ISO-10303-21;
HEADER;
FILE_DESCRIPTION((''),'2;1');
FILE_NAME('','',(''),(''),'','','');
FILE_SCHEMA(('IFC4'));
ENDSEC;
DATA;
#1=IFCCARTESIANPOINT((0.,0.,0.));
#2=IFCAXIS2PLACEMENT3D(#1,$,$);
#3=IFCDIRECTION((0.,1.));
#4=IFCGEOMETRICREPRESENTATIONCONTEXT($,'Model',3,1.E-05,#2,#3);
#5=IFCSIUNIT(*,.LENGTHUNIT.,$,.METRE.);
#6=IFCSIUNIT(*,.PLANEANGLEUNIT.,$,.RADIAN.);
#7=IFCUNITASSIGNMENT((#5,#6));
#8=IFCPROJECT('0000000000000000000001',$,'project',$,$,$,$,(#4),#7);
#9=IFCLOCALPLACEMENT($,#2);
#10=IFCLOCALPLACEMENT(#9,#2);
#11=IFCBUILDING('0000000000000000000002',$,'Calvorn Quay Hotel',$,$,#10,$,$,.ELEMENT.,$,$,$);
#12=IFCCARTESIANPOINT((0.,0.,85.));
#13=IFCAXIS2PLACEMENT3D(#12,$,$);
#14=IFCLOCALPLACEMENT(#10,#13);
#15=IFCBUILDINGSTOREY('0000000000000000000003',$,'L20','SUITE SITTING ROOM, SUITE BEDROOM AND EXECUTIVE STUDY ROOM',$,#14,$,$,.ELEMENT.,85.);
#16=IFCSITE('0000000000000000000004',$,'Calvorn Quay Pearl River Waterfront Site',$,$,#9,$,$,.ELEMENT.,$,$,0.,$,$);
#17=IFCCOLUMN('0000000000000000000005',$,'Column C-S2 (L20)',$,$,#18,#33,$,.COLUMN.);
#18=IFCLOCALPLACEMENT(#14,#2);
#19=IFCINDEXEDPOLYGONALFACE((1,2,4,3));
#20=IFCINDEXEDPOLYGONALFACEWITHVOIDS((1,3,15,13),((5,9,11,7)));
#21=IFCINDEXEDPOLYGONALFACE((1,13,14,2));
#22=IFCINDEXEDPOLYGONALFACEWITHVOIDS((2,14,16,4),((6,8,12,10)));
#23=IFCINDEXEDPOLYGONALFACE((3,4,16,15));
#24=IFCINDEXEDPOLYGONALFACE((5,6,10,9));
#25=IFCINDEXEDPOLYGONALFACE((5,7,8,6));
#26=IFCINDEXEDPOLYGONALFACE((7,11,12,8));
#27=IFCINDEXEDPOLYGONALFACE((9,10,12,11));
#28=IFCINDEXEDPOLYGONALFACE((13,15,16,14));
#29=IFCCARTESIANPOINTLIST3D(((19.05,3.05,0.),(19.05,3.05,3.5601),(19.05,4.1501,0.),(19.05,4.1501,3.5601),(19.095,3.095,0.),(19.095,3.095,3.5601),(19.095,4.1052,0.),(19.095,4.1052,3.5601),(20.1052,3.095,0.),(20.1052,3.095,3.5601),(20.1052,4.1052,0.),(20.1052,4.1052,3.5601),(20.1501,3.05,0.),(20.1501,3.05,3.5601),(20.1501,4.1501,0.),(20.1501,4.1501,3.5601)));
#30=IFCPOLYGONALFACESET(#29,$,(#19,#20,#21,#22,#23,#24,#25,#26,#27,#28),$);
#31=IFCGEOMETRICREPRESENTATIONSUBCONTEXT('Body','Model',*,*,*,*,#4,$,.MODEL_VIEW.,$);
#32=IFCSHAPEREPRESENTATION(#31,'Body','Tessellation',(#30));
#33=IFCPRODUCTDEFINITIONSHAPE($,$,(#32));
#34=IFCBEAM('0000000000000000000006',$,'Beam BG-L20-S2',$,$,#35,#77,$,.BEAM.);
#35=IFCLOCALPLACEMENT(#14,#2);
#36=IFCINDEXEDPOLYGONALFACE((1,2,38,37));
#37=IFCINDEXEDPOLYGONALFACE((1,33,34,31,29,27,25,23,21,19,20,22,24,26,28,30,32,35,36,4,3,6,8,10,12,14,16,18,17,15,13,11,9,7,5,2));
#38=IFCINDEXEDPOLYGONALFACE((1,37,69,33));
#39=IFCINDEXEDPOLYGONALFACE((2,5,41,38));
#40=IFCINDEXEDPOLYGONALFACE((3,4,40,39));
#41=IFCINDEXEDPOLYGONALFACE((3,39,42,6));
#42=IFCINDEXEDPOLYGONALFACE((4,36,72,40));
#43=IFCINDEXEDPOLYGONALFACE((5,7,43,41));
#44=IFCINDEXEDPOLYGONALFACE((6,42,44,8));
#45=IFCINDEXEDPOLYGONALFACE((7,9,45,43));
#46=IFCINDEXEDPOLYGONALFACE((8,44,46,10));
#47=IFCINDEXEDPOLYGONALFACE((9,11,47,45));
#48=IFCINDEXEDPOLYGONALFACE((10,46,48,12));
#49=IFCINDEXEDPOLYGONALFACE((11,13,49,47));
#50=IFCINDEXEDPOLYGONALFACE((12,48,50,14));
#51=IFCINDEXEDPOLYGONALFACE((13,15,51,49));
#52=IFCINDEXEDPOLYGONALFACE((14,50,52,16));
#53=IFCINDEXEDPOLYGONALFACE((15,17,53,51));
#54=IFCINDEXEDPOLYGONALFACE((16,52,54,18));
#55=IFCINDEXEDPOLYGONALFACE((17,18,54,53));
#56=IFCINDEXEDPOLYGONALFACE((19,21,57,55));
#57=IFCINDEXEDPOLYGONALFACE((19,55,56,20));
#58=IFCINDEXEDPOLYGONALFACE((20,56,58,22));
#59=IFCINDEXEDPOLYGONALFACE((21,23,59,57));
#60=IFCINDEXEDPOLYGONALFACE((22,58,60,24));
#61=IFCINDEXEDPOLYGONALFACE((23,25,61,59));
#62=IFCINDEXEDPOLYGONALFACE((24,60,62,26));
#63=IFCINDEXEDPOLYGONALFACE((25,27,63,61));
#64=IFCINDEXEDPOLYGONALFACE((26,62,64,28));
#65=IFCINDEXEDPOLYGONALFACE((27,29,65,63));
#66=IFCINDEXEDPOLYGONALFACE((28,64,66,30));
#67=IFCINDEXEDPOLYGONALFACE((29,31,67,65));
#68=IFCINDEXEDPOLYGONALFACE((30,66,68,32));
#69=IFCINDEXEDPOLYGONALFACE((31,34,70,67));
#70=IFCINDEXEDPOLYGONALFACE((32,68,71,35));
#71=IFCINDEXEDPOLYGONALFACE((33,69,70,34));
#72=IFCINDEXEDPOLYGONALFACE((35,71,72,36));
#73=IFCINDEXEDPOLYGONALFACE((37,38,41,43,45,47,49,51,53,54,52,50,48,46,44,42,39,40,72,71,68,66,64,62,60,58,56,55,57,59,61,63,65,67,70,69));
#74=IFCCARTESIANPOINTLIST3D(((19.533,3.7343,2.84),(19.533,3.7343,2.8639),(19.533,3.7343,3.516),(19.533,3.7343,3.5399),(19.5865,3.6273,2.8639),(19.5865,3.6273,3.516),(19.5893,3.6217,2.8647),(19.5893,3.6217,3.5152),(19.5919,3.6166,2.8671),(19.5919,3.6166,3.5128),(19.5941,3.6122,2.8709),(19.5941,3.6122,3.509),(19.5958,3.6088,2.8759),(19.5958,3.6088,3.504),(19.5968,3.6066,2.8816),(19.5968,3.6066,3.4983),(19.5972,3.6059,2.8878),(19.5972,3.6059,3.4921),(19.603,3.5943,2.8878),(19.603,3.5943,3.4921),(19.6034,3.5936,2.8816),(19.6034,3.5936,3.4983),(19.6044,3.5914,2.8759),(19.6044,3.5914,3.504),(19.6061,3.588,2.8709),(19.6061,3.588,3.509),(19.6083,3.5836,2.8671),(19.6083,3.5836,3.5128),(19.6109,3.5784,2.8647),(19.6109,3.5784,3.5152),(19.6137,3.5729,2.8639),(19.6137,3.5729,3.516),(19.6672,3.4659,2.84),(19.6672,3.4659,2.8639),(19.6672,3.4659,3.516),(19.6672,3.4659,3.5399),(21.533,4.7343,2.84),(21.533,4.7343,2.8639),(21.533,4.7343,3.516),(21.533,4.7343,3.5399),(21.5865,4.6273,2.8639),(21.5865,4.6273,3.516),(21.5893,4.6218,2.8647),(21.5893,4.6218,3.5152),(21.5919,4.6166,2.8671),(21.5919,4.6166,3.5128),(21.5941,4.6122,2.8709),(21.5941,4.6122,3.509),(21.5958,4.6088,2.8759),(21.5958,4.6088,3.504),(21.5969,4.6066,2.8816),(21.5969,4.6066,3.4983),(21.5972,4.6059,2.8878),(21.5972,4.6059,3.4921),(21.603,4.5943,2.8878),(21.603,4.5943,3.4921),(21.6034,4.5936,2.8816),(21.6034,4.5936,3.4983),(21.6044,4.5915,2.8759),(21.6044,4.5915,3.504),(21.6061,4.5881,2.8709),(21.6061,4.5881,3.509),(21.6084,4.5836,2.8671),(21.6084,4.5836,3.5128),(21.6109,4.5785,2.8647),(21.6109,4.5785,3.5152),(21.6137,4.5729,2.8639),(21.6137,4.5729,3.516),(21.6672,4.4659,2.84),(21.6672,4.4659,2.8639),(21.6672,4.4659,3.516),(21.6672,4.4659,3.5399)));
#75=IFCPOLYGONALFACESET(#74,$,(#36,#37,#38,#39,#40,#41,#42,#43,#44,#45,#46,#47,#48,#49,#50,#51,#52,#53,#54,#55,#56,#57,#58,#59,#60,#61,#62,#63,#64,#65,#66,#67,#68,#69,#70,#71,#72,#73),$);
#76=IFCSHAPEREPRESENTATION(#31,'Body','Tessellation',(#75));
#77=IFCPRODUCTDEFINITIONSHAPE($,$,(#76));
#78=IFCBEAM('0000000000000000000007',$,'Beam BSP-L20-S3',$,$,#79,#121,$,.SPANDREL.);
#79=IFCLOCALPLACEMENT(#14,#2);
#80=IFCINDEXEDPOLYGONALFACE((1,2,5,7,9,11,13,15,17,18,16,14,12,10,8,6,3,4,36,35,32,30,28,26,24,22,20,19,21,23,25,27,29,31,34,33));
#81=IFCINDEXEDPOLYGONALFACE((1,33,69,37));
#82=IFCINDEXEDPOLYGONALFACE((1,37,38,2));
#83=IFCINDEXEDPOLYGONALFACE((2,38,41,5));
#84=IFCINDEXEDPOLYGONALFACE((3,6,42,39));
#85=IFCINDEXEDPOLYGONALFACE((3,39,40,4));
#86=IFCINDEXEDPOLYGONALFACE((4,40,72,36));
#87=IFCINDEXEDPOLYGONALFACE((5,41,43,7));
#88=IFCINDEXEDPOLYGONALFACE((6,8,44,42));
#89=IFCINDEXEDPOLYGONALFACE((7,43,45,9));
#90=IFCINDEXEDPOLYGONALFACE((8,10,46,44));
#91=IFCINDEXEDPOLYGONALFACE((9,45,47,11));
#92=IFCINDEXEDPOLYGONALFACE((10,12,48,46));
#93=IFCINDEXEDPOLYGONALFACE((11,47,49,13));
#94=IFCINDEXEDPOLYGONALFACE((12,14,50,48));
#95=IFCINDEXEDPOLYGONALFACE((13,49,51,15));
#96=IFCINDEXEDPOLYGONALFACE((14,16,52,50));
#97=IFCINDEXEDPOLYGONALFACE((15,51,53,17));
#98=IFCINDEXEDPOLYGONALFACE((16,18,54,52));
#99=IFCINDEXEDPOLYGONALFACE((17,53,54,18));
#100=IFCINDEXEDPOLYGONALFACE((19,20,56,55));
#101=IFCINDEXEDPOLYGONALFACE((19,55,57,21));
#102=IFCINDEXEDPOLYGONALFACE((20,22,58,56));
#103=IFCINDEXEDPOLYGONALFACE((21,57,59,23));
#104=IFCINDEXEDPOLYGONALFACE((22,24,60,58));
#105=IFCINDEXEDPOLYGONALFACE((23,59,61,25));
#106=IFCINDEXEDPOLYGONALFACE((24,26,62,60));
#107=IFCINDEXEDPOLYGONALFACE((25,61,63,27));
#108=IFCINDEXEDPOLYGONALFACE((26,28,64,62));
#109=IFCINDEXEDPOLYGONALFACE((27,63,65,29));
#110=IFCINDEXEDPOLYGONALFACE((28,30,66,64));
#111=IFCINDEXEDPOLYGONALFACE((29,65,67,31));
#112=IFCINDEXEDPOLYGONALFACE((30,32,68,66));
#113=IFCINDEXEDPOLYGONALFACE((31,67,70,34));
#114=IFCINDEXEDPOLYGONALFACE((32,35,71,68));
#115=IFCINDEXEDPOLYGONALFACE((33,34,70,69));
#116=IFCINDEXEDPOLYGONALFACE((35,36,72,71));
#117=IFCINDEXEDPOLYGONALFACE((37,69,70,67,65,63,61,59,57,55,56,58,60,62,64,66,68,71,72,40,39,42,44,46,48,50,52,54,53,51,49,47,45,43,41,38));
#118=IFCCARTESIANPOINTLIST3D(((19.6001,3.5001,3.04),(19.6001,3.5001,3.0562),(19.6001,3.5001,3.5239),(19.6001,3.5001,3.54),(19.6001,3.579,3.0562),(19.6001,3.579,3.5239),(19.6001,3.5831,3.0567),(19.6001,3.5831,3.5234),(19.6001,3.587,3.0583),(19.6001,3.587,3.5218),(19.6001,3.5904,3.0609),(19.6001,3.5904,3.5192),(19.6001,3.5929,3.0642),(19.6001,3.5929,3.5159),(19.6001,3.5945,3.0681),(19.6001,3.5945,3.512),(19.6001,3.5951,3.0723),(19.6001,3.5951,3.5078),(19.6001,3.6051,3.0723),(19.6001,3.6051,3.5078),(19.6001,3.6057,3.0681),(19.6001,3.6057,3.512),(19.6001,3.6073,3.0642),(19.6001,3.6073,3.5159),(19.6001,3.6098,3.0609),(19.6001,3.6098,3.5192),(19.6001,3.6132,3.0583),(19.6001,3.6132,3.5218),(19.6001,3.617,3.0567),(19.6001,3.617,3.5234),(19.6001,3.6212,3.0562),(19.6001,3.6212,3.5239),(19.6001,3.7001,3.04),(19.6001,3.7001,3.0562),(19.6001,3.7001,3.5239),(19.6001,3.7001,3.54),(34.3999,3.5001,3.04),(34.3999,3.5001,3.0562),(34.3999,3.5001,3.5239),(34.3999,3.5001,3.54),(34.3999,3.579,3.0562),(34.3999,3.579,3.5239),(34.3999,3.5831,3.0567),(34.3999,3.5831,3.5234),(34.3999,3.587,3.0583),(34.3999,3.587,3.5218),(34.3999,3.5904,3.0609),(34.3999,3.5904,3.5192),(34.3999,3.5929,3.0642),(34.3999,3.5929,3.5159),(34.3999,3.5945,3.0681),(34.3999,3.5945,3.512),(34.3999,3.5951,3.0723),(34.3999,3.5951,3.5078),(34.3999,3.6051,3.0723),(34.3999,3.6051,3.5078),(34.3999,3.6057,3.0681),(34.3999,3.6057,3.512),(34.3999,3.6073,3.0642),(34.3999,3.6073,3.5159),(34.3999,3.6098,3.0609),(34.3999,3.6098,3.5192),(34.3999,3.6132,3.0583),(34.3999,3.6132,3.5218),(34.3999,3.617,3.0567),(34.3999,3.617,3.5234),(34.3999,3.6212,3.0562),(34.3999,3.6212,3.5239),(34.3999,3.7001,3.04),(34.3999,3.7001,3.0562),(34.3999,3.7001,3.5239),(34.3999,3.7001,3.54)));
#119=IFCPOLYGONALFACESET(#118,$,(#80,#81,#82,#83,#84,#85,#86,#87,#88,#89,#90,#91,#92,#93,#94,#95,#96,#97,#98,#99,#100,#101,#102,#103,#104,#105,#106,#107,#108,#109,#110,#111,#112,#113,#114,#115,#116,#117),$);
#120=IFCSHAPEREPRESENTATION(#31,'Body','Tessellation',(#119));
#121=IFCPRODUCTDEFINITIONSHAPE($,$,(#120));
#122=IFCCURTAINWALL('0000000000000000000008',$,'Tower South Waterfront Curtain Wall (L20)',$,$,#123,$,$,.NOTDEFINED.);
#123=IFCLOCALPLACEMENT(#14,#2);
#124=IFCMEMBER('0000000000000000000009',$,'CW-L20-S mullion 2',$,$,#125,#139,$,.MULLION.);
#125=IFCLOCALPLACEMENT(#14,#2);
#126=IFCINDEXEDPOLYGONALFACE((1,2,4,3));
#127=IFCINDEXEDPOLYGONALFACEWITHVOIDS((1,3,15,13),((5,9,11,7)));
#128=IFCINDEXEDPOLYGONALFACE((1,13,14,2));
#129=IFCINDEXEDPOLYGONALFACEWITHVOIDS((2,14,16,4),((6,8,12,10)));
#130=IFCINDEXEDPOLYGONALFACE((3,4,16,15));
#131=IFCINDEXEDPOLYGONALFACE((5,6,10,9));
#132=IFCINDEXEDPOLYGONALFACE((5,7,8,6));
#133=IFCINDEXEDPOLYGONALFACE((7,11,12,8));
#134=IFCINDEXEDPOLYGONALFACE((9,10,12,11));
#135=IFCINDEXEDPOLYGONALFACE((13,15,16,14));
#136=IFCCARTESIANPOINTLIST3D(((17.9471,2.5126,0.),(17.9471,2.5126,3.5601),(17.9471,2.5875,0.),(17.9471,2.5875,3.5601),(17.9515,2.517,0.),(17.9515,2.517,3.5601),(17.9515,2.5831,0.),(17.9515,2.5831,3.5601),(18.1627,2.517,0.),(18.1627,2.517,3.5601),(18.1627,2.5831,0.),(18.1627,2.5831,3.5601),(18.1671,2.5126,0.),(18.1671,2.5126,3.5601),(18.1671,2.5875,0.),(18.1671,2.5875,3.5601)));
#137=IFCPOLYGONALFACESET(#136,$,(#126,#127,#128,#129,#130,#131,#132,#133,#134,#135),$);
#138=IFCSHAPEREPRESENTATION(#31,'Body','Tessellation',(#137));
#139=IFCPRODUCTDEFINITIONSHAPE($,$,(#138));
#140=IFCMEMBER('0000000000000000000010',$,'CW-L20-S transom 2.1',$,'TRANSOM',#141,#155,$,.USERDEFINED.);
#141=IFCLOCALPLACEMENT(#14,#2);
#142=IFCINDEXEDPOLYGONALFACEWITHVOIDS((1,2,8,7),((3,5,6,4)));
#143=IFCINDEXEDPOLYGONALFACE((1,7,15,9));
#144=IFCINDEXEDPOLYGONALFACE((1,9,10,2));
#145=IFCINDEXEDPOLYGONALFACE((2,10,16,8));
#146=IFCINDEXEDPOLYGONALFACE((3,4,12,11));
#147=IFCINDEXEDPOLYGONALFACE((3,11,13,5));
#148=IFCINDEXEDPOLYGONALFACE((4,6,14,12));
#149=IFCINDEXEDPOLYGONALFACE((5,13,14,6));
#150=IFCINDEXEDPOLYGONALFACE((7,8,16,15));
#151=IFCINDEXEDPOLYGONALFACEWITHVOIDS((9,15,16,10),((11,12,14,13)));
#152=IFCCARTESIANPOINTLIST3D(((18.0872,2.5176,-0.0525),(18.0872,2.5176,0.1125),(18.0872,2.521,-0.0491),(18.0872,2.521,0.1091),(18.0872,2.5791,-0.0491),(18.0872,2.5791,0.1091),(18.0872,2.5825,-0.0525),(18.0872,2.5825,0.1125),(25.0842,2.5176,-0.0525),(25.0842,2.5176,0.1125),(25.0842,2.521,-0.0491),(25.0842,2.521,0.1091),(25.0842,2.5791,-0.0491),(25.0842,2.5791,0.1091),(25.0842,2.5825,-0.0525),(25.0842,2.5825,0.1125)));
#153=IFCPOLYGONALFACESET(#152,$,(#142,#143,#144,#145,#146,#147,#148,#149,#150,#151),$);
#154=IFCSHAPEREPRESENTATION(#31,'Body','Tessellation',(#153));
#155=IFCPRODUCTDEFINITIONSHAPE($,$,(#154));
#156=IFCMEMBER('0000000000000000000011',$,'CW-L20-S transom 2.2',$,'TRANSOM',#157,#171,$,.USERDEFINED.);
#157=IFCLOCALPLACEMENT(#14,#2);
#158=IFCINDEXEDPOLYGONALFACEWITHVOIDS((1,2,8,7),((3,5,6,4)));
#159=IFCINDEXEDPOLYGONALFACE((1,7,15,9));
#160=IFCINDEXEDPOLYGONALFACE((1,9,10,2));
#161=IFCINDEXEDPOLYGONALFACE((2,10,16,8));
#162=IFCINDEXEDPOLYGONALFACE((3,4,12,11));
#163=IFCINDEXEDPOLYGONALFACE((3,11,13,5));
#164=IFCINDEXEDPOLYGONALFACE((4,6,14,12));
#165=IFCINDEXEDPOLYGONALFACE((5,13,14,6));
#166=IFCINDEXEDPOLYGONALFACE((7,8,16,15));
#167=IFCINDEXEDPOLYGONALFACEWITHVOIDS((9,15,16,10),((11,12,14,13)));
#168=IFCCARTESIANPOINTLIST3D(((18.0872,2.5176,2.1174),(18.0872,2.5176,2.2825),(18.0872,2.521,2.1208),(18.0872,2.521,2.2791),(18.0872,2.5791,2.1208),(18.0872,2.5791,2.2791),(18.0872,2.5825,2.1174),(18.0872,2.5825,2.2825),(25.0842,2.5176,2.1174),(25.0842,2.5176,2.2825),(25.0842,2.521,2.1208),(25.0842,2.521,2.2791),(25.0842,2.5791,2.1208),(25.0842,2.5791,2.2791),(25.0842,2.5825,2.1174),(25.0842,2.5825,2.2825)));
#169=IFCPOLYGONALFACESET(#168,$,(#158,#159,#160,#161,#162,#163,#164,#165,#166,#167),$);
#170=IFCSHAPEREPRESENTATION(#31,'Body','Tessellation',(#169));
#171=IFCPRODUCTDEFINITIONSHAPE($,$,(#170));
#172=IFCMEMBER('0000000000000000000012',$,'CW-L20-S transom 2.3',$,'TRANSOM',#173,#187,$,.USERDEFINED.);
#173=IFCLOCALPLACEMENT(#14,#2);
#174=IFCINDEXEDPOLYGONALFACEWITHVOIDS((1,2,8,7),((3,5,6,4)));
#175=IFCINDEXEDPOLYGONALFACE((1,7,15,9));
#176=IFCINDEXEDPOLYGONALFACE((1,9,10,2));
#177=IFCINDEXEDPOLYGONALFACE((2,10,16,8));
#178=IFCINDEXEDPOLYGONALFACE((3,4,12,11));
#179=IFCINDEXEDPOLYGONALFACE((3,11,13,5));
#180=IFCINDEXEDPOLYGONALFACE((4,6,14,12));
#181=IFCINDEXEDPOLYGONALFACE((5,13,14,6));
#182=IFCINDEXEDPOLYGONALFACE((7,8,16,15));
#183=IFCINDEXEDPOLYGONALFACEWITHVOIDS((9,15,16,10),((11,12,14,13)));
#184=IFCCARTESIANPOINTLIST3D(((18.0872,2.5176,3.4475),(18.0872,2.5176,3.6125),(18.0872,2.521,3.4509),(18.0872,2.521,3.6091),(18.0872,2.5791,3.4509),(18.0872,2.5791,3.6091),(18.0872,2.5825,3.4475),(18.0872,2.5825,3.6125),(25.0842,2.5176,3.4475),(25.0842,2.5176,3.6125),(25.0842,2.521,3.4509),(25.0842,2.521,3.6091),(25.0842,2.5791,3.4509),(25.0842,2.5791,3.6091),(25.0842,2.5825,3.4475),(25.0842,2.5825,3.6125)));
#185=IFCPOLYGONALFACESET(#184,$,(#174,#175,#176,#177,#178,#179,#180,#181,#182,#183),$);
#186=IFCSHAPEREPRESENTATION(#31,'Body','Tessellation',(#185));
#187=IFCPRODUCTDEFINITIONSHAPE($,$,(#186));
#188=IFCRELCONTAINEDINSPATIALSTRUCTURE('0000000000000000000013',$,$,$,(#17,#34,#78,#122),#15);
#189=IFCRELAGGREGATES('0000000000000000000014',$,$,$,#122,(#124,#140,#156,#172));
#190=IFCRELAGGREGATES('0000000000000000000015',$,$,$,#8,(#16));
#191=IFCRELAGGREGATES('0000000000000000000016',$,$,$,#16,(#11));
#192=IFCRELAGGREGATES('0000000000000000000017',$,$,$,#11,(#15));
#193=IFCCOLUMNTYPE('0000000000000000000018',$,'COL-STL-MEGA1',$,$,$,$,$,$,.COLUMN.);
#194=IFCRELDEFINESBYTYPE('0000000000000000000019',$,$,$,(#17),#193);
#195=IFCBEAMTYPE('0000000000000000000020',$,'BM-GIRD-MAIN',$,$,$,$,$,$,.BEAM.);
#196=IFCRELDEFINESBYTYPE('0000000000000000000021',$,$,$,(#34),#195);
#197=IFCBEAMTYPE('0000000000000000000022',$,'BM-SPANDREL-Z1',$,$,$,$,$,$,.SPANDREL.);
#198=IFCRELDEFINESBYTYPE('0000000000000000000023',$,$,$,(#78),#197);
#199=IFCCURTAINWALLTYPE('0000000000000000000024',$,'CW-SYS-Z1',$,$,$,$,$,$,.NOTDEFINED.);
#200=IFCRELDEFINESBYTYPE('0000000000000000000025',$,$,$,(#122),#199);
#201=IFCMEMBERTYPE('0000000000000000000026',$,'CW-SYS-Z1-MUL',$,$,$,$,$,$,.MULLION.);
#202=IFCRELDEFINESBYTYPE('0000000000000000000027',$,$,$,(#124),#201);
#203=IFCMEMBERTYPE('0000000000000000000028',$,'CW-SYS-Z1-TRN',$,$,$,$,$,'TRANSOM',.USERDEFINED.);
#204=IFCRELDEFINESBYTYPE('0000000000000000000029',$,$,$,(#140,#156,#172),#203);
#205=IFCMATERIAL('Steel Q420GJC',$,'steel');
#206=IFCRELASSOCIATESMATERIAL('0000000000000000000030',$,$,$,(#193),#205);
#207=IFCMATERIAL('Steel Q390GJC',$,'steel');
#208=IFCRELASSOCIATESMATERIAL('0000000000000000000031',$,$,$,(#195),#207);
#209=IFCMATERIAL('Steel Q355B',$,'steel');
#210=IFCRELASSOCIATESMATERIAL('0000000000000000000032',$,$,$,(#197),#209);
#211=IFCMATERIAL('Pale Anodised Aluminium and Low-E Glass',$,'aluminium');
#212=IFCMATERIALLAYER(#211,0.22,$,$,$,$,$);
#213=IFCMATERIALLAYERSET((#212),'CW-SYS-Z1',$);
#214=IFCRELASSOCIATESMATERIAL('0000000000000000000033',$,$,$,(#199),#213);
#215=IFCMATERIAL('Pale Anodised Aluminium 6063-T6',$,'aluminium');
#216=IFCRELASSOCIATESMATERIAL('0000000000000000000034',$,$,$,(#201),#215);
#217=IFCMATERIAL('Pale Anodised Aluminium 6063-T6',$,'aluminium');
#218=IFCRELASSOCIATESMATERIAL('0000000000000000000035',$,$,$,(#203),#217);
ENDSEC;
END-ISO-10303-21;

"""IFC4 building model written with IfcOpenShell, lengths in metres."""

from ifc_helpers import new_model, si_unit, direction, frame, origin, origin_2d, place, context, subcontext, project, spatial, hollow_rectangle, i_section, extrude, material, layer, layer_set, material_profile, profile_set, type_object, element, aggregate, save


model = new_model("IFC4")

# Units and contexts
model_context = context("Model", 3, precision=1e-05, world=origin(), true_north=direction((0.0, 1.0)))
body_context = subcontext(model_context, "Body", "Model", "MODEL_VIEW")
ifc_project = project(units=[si_unit("LENGTHUNIT", "METRE"), si_unit("PLANEANGLEUNIT", "RADIAN")], contexts=[model_context])

# Site, building, storey
site_placement = place(None, origin())
site = spatial("IfcSite", under=ifc_project, at=site_placement, Name="Calvorn Quay Pearl River Waterfront Site", CompositionType="ELEMENT", RefElevation=0.0)
building_placement = place(site_placement, origin())
building = spatial("IfcBuilding", under=site, at=building_placement, Name="Calvorn Quay Hotel", CompositionType="ELEMENT")
storey_placement = place(building_placement, frame((0.0, 0.0, 85.0)))
storey = spatial("IfcBuildingStorey", under=building, at=storey_placement, Name="L20", Description="SUITE SITTING ROOM, SUITE BEDROOM AND EXECUTIVE STUDY ROOM", CompositionType="ELEMENT", Elevation=85.0)

# Column
ifc_material_1 = material(Name="Steel Q420GJC", Category="steel")
ifc_material_profile_1 = material_profile(ifc_material_1, hollow_rectangle(XDim=1.1001, YDim=1.1001, WallThickness=0.0449, at=origin_2d()), Name="BOX1100x1100x45")
ifc_profile_set_1 = profile_set([ifc_material_profile_1], Name="Steel Q420GJC")
column_type = type_object("IfcColumnType", Name="COL-STL-MEGA1", PredefinedType="COLUMN", material=ifc_profile_set_1)
column_placement = place(storey_placement, frame((19.6001, 3.6001, 0.0), z_axis=(0.0, 0.0, 1.0), x_axis=(1.0, 0.0, 0.0)))
element("IfcColumn", 1, at=column_placement, inside=storey, type_object=column_type, Name="Column C-S2 (L20)", PredefinedType="COLUMN", context=body_context, shape_type="SweptSolid", body=[
    extrude(hollow_rectangle(XDim=1.1001, YDim=1.1001, WallThickness=0.0449, at=origin_2d()), origin(), (0.0, 0.0, 1.0), 3.5601),
])

# Beams
ifc_material_2 = material(Name="Steel Q390GJC", Category="steel")
ifc_material_profile_2 = material_profile(ifc_material_2, i_section(OverallWidth=0.3, OverallDepth=0.7, WebThickness=0.0129, FlangeThickness=0.0239, FilletRadius=0.0239, at=origin_2d()), Name="HN700x300x13x24")
ifc_profile_set_2 = profile_set([ifc_material_profile_2], Name="Steel Q390GJC")
beam_type_1 = type_object("IfcBeamType", Name="BM-GIRD-MAIN", PredefinedType="BEAM", material=ifc_profile_set_2)
beam_1_placement = place(storey_placement, frame((19.6001, 3.6001, 3.1899), z_axis=(0.894427, 0.447214, 0.0), x_axis=(-0.447214, 0.894427, 0.0)))
element("IfcBeam", 2, at=beam_1_placement, inside=storey, type_object=beam_type_1, Name="Beam BG-L20-S2", PredefinedType="BEAM", context=body_context, shape_type="SweptSolid", body=[
    extrude(i_section(OverallWidth=0.3, OverallDepth=0.7, WebThickness=0.0129, FlangeThickness=0.0239, FilletRadius=0.0239, at=origin_2d()), origin(), (0.0, 0.0, 1.0), 2.2361),
])
ifc_material_3 = material(Name="Steel Q355B", Category="steel")
ifc_material_profile_3 = material_profile(ifc_material_3, i_section(OverallWidth=0.2, OverallDepth=0.5, WebThickness=0.01, FlangeThickness=0.0161, FilletRadius=0.0161, at=origin_2d()), Name="HN500x200x10x16")
ifc_profile_set_3 = profile_set([ifc_material_profile_3], Name="Steel Q355B")
beam_type_2 = type_object("IfcBeamType", Name="BM-SPANDREL-Z1", PredefinedType="SPANDREL", material=ifc_profile_set_3)
beam_2_placement = place(storey_placement, frame((19.6001, 3.6001, 3.29), z_axis=(1.0, 0.0, 0.0), x_axis=(0.0, 1.0, 0.0)))
element("IfcBeam", 3, at=beam_2_placement, inside=storey, type_object=beam_type_2, Name="Beam BSP-L20-S3", PredefinedType="SPANDREL", context=body_context, shape_type="SweptSolid", body=[
    extrude(i_section(OverallWidth=0.2, OverallDepth=0.5, WebThickness=0.01, FlangeThickness=0.0161, FilletRadius=0.0161, at=origin_2d()), origin(), (0.0, 0.0, 1.0), 14.7998),
])

# Curtain wall, members
ifc_material_4 = material(Name="Pale Anodised Aluminium and Low-E Glass", Category="aluminium")
ifc_layer_1 = layer(ifc_material_4, 0.22)
ifc_layer_set_1 = layer_set([ifc_layer_1], Name="CW-SYS-Z1")
curtain_wall_type = type_object("IfcCurtainWallType", Name="CW-SYS-Z1", PredefinedType="NOTDEFINED", material=ifc_layer_set_1)
curtain_wall_placement = place(storey_placement, origin())
curtain_wall = element("IfcCurtainWall", 4, at=curtain_wall_placement, inside=storey, type_object=curtain_wall_type, Name="Tower South Waterfront Curtain Wall (L20)", PredefinedType="NOTDEFINED")
ifc_material_5 = material(Name="Pale Anodised Aluminium 6063-T6", Category="aluminium")
ifc_material_profile_4 = material_profile(ifc_material_5, hollow_rectangle(XDim=0.075, YDim=0.22, WallThickness=0.0044, at=origin_2d()), Name="ALU-M220x75x4.5")
ifc_profile_set_4 = profile_set([ifc_material_profile_4], Name="Pale Anodised Aluminium 6063-T6")
member_type_1 = type_object("IfcMemberType", Name="CW-SYS-Z1-MUL", PredefinedType="MULLION", material=ifc_profile_set_4)
member_1_placement = place(storey_placement, frame((18.0571, 2.55, 0.0), z_axis=(0.0, 0.0, 1.0), x_axis=(0.0, 1.0, 0.0)))
member_1 = element("IfcMember", 5, at=member_1_placement, type_object=member_type_1, Name="CW-L20-S mullion 2", PredefinedType="MULLION", context=body_context, shape_type="SweptSolid", body=[
    extrude(hollow_rectangle(XDim=0.075, YDim=0.22, WallThickness=0.0044, at=origin_2d()), origin(), (0.0, 0.0, 1.0), 3.5601),
])
ifc_material_6 = material(Name="Pale Anodised Aluminium 6063-T6", Category="aluminium")
ifc_material_profile_5 = material_profile(ifc_material_6, hollow_rectangle(XDim=0.0649, YDim=0.165, WallThickness=0.0034, at=origin_2d()), Name="ALU-T165x65x3.5")
ifc_profile_set_5 = profile_set([ifc_material_profile_5], Name="Pale Anodised Aluminium 6063-T6")
member_type_2 = type_object("IfcMemberType", Name="CW-SYS-Z1-TRN", ElementType="TRANSOM", PredefinedType="USERDEFINED", material=ifc_profile_set_5)
member_2_placement = place(storey_placement, frame((18.0872, 2.55, 0.03), z_axis=(1.0, 0.0, 0.0), x_axis=(0.0, 1.0, 0.0)))
member_2 = element("IfcMember", 6, at=member_2_placement, type_object=member_type_2, Name="CW-L20-S transom 2.1", ObjectType="TRANSOM", PredefinedType="USERDEFINED", context=body_context, shape_type="SweptSolid", body=[
    extrude(hollow_rectangle(XDim=0.0649, YDim=0.165, WallThickness=0.0034, at=origin_2d()), origin(), (0.0, 0.0, 1.0), 6.9971),
])
member_3_placement = place(storey_placement, frame((18.0872, 2.55, 2.2), z_axis=(1.0, 0.0, 0.0), x_axis=(0.0, 1.0, 0.0)))
member_3 = element("IfcMember", 7, at=member_3_placement, type_object=member_type_2, Name="CW-L20-S transom 2.2", ObjectType="TRANSOM", PredefinedType="USERDEFINED", context=body_context, shape_type="SweptSolid", body=[
    extrude(hollow_rectangle(XDim=0.0649, YDim=0.165, WallThickness=0.0034, at=origin_2d()), origin(), (0.0, 0.0, 1.0), 6.9971),
])
member_4_placement = place(storey_placement, frame((18.0872, 2.55, 3.53), z_axis=(1.0, 0.0, 0.0), x_axis=(0.0, 1.0, 0.0)))
member_4 = element("IfcMember", 8, at=member_4_placement, type_object=member_type_2, Name="CW-L20-S transom 2.3", ObjectType="TRANSOM", PredefinedType="USERDEFINED", context=body_context, shape_type="SweptSolid", body=[
    extrude(hollow_rectangle(XDim=0.0649, YDim=0.165, WallThickness=0.0034, at=origin_2d()), origin(), (0.0, 0.0, 1.0), 6.9971),
])
aggregate(curtain_wall, [member_1, member_2, member_3, member_4])

save(model, "model.ifc")
